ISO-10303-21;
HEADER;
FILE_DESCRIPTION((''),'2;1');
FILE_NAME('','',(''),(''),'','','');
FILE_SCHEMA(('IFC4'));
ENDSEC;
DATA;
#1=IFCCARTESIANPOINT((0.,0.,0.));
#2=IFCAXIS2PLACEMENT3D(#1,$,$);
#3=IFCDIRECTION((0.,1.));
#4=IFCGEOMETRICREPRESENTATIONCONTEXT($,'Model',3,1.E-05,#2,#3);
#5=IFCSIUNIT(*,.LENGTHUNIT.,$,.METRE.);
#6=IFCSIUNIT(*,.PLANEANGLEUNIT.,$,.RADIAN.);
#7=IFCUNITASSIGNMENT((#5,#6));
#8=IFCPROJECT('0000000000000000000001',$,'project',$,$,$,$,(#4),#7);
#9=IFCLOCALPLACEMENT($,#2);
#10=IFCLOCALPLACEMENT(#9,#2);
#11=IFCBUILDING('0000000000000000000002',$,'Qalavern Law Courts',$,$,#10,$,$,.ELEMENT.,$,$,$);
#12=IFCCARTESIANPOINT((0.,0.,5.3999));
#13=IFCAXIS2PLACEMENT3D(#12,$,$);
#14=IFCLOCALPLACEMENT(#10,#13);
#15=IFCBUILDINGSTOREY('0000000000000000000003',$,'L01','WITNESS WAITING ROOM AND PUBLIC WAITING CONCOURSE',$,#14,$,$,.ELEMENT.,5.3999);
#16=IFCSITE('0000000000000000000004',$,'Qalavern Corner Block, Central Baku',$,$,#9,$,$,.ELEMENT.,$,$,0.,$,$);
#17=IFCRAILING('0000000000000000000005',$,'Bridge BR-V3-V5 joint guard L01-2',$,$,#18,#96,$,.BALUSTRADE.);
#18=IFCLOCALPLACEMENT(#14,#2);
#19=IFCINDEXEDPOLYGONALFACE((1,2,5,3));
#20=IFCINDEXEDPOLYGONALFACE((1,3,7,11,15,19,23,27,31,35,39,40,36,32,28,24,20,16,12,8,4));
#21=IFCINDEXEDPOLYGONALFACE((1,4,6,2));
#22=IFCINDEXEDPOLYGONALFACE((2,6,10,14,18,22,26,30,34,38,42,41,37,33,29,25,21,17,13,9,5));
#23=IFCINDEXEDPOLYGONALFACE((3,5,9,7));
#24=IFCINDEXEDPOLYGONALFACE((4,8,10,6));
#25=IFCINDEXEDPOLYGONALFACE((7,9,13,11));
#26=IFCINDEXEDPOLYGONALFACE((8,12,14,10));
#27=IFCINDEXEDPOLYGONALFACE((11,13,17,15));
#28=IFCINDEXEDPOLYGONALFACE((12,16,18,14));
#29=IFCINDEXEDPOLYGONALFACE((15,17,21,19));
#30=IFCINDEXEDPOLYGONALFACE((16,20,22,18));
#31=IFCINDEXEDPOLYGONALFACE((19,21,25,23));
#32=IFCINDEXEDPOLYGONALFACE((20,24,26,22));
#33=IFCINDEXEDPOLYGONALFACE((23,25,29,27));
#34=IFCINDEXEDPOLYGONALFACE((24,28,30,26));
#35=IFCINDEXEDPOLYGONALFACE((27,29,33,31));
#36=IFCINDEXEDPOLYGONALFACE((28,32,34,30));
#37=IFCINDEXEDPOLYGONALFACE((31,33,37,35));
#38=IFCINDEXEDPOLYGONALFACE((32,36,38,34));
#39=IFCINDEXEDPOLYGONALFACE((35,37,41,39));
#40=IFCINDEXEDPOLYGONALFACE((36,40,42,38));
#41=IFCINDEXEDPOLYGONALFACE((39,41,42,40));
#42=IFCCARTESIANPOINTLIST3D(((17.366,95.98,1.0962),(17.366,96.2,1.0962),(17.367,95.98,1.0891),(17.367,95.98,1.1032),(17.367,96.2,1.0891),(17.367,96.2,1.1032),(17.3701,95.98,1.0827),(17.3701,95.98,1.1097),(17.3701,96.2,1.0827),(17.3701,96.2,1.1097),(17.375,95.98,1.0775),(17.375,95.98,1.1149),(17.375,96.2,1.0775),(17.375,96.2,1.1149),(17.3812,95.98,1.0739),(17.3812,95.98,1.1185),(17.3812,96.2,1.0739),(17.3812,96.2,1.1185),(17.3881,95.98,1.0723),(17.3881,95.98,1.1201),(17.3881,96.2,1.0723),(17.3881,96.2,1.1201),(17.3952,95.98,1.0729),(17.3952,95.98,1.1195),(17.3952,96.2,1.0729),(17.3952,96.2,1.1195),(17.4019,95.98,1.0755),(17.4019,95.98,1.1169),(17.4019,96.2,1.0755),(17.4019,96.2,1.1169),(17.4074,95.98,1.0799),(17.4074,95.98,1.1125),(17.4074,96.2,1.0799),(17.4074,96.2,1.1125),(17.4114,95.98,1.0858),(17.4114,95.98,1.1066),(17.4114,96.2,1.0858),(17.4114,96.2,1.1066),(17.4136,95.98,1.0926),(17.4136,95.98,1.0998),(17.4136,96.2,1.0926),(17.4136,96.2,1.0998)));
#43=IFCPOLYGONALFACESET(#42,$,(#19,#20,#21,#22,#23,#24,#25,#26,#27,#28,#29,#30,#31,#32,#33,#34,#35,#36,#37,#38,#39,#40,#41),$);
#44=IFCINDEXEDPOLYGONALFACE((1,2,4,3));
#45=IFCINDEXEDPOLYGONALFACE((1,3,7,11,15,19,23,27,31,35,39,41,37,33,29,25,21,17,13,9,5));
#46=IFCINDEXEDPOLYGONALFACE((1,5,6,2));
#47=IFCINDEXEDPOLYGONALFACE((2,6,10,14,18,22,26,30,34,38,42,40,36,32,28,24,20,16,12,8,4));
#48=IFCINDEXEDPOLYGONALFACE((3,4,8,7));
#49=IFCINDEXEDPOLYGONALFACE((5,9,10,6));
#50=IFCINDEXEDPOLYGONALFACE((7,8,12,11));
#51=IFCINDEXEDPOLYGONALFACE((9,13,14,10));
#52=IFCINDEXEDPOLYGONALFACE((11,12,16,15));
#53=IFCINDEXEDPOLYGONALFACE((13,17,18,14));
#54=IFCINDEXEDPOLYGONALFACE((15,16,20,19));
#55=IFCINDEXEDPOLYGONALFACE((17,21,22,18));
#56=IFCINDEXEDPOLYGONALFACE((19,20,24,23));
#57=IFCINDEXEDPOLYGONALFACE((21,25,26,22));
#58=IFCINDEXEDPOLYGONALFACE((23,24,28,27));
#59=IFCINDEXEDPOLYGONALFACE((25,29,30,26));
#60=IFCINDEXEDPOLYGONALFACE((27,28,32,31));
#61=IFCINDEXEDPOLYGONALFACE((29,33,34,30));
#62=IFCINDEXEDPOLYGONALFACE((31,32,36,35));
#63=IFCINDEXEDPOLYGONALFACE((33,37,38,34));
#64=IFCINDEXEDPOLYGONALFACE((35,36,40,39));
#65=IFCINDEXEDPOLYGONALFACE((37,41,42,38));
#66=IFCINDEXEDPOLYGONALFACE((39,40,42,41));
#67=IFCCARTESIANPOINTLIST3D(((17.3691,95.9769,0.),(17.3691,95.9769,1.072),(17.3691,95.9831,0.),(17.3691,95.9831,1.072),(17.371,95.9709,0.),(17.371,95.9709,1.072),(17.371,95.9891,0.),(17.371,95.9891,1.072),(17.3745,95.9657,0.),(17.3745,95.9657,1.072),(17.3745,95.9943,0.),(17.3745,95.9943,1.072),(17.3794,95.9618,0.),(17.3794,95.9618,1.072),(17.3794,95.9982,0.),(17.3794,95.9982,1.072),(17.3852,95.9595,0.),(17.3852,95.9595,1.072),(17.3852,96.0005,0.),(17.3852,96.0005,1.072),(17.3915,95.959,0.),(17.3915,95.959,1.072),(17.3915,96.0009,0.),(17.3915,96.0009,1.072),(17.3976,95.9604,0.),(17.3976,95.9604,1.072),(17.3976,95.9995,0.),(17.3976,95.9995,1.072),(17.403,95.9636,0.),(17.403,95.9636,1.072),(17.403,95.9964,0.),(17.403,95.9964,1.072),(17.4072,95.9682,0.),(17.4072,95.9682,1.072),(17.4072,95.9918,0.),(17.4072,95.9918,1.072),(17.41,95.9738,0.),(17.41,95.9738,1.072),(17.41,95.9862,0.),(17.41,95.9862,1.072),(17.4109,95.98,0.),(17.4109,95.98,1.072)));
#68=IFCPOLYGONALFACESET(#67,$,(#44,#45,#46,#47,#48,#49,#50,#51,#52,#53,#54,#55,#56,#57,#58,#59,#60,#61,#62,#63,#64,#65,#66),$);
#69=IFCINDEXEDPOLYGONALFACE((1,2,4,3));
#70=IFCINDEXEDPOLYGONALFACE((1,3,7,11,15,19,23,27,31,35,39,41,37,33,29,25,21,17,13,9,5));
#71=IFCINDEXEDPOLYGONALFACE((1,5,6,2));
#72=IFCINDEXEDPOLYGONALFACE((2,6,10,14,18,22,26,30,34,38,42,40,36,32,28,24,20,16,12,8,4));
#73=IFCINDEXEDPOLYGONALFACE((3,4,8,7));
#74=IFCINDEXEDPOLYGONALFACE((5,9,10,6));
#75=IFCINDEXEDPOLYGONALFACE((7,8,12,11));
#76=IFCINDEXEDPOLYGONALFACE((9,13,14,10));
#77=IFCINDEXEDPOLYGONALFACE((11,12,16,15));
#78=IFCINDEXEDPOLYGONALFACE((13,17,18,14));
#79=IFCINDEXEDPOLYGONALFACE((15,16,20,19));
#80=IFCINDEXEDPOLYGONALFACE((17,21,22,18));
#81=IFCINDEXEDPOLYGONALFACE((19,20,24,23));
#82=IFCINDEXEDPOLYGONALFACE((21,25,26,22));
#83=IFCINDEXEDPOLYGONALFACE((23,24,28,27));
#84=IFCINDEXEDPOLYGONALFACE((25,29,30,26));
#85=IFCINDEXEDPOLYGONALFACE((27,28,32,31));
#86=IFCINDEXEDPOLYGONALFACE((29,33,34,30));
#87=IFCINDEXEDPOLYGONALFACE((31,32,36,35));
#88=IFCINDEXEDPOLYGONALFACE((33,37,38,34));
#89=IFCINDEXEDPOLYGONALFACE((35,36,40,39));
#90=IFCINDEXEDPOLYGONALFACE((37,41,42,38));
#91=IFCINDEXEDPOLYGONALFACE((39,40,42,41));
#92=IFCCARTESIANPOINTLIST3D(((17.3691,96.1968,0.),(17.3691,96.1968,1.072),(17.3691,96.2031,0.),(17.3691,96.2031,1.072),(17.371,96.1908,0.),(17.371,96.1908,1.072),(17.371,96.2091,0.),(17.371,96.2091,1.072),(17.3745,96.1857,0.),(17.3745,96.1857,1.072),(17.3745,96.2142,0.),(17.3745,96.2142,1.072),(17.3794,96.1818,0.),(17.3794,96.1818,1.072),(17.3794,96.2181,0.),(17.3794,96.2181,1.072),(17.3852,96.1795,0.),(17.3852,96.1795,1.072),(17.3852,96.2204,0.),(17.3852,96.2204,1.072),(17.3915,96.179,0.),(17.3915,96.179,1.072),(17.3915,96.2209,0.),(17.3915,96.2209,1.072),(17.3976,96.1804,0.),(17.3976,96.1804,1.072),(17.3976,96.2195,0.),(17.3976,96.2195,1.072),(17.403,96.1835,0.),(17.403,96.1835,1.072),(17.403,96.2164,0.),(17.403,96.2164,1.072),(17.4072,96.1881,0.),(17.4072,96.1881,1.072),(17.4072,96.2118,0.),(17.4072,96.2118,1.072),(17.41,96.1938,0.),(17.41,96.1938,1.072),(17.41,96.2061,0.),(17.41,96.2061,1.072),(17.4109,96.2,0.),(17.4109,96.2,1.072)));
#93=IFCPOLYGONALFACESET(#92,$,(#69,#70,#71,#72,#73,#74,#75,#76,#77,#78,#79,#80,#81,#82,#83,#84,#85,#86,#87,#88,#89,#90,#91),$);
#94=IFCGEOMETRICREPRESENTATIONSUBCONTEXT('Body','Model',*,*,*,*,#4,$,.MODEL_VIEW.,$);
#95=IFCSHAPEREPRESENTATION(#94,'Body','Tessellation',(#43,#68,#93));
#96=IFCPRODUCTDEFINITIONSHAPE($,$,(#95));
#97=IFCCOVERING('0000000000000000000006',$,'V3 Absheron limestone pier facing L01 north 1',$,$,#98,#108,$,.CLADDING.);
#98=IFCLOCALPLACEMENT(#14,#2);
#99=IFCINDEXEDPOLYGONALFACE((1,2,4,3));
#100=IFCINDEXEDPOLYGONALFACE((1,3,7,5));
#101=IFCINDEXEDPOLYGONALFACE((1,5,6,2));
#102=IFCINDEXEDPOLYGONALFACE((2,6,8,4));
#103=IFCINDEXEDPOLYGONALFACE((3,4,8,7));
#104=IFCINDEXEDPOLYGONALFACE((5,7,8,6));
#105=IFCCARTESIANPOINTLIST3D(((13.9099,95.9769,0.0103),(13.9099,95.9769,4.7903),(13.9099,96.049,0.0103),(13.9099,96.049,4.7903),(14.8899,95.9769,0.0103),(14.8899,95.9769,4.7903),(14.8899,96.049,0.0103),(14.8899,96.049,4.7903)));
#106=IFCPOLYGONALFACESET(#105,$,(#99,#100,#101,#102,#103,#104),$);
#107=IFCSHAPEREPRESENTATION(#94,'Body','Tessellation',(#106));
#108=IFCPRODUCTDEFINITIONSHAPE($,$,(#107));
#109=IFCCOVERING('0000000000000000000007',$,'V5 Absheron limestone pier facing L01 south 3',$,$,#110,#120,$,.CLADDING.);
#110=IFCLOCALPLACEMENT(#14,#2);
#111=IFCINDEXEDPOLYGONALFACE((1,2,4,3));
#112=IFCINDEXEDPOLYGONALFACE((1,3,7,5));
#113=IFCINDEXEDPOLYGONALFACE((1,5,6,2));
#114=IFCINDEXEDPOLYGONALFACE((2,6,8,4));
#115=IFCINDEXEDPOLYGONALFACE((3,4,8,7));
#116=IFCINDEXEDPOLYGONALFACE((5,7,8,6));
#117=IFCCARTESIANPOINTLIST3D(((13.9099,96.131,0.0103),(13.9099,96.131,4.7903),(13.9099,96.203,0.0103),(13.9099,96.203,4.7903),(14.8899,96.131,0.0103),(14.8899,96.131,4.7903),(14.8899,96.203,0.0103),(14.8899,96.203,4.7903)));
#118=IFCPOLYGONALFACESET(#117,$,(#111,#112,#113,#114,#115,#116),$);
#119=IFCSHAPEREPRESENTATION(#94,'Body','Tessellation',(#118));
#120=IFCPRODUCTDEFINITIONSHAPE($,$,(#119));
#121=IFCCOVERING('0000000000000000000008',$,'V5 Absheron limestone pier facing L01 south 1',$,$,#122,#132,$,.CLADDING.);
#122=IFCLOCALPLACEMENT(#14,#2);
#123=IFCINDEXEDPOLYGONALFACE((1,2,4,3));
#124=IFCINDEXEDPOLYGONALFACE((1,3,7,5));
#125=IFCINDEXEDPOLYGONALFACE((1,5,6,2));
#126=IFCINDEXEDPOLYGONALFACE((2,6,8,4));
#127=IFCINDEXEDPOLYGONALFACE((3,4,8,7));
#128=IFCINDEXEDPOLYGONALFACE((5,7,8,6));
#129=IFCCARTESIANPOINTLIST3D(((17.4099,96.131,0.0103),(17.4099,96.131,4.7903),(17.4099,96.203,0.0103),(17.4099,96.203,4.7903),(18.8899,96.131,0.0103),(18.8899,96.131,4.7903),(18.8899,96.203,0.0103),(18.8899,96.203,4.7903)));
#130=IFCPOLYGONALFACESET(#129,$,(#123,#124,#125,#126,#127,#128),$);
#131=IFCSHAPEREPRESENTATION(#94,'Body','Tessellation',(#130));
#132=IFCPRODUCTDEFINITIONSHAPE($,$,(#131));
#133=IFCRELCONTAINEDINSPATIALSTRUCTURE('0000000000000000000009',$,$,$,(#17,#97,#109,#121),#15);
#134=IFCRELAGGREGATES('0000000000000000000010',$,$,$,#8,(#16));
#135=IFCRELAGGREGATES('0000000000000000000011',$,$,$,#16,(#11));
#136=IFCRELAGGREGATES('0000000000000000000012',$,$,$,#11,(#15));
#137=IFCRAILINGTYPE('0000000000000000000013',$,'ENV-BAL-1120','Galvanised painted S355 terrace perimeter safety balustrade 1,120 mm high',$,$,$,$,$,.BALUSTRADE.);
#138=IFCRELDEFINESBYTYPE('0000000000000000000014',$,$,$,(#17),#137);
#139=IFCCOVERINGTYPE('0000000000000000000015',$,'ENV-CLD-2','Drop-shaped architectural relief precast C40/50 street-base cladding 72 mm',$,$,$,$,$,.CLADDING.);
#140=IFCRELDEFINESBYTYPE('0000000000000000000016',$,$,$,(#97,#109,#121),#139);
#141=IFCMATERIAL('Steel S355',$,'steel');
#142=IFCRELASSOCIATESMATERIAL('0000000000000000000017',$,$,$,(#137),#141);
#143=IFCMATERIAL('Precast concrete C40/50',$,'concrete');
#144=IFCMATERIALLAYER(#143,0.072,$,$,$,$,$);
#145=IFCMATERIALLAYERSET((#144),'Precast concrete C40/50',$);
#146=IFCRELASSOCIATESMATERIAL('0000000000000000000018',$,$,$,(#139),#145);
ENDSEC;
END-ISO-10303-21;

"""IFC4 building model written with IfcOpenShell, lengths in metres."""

from ifc_helpers import new_model, si_unit, direction, frame, origin, origin_2d, place, context, subcontext, project, spatial, rectangle, circle, extrude, material, layer, layer_set, type_object, element, save


model = new_model("IFC4")

# Units and contexts
model_context = context("Model", 3, precision=1e-05, world=origin(), true_north=direction((0.0, 1.0)))
body_context = subcontext(model_context, "Body", "Model", "MODEL_VIEW")
ifc_project = project(units=[si_unit("LENGTHUNIT", "METRE"), si_unit("PLANEANGLEUNIT", "RADIAN")], contexts=[model_context])

# Site, building, storey
site_placement = place(None, origin())
site = spatial("IfcSite", under=ifc_project, at=site_placement, Name="Qalavern Corner Block, Central Baku", CompositionType="ELEMENT", RefElevation=0.0)
building_placement = place(site_placement, origin())
building = spatial("IfcBuilding", under=site, at=building_placement, Name="Qalavern Law Courts", CompositionType="ELEMENT")
storey_placement = place(building_placement, frame((0.0, 0.0, 5.3999)))
storey = spatial("IfcBuildingStorey", under=building, at=storey_placement, Name="L01", Description="WITNESS WAITING ROOM AND PUBLIC WAITING CONCOURSE", CompositionType="ELEMENT", Elevation=5.3999)

# Railing
ifc_material_1 = material(Name="Steel S355", Category="steel")
railing_type = type_object("IfcRailingType", Name="ENV-BAL-1120", Description="Galvanised painted S355 terrace perimeter safety balustrade 1,120 mm high", PredefinedType="BALUSTRADE", material=ifc_material_1)
for number, where, name in (
    (1, (17.3899, 95.98, 0.0), "Bridge BR-V3-V5 joint guard L01-2"),
):
    element("IfcRailing", number, at=place(storey_placement, frame(where)), inside=storey, type_object=railing_type, Name=name, PredefinedType="BALUSTRADE", context=body_context, shape_type="SweptSolid", body=[
        extrude(circle(Radius=0.0239, at=origin_2d()), frame((0.0, 0.0, 1.0962), z_axis=(0.0, 1.0, 0.0), x_axis=(-1.0, 0.0, 0.0)), (0.0, 0.0, 1.0), 0.22),
        extrude(circle(Radius=0.021, at=origin_2d()), origin(), (0.0, 0.0, 1.0), 1.072),
        extrude(circle(Radius=0.021, at=origin_2d()), frame((0.0, 0.22, 0.0)), (0.0, 0.0, 1.0), 1.072),
    ])

# Coverings
ifc_material_2 = material(Name="Precast concrete C40/50", Category="concrete")
ifc_layer_1 = layer(ifc_material_2, 0.072)
ifc_layer_set_1 = layer_set([ifc_layer_1], Name="Precast concrete C40/50")
covering_type = type_object("IfcCoveringType", Name="ENV-CLD-2", Description="Drop-shaped architectural relief precast C40/50 street-base cladding 72 mm", PredefinedType="CLADDING", material=ifc_layer_set_1)
for number, where, z_axis, x_axis, name in (
    (2, (14.3999, 96.0129, 0.0103), (0.0, 0.0, 1.0), (-1.0, 0.0, 0.0), "V3 Absheron limestone pier facing L01 north 1"),
    (3, (14.3999, 96.167, 0.0103), (0.0, 0.0, 1.0), (1.0, 0.0, 0.0), "V5 Absheron limestone pier facing L01 south 3"),
):
    element("IfcCovering", number, at=place(storey_placement, frame(where, z_axis=z_axis, x_axis=x_axis)), inside=storey, type_object=covering_type, Name=name, PredefinedType="CLADDING", context=body_context, shape_type="SweptSolid", body=[
        extrude(rectangle(XDim=0.98, YDim=0.072, at=origin_2d()), origin(), (0.0, 0.0, 1.0), 4.78),
    ])
covering_placement = place(storey_placement, frame((18.1499, 96.167, 0.0103), z_axis=(0.0, 0.0, 1.0), x_axis=(1.0, 0.0, 0.0)))
element("IfcCovering", 4, at=covering_placement, inside=storey, type_object=covering_type, Name="V5 Absheron limestone pier facing L01 south 1", PredefinedType="CLADDING", context=body_context, shape_type="SweptSolid", body=[
    extrude(rectangle(XDim=1.48, YDim=0.072, at=origin_2d()), origin(), (0.0, 0.0, 1.0), 4.78),
])

save(model, "model.ifc")
